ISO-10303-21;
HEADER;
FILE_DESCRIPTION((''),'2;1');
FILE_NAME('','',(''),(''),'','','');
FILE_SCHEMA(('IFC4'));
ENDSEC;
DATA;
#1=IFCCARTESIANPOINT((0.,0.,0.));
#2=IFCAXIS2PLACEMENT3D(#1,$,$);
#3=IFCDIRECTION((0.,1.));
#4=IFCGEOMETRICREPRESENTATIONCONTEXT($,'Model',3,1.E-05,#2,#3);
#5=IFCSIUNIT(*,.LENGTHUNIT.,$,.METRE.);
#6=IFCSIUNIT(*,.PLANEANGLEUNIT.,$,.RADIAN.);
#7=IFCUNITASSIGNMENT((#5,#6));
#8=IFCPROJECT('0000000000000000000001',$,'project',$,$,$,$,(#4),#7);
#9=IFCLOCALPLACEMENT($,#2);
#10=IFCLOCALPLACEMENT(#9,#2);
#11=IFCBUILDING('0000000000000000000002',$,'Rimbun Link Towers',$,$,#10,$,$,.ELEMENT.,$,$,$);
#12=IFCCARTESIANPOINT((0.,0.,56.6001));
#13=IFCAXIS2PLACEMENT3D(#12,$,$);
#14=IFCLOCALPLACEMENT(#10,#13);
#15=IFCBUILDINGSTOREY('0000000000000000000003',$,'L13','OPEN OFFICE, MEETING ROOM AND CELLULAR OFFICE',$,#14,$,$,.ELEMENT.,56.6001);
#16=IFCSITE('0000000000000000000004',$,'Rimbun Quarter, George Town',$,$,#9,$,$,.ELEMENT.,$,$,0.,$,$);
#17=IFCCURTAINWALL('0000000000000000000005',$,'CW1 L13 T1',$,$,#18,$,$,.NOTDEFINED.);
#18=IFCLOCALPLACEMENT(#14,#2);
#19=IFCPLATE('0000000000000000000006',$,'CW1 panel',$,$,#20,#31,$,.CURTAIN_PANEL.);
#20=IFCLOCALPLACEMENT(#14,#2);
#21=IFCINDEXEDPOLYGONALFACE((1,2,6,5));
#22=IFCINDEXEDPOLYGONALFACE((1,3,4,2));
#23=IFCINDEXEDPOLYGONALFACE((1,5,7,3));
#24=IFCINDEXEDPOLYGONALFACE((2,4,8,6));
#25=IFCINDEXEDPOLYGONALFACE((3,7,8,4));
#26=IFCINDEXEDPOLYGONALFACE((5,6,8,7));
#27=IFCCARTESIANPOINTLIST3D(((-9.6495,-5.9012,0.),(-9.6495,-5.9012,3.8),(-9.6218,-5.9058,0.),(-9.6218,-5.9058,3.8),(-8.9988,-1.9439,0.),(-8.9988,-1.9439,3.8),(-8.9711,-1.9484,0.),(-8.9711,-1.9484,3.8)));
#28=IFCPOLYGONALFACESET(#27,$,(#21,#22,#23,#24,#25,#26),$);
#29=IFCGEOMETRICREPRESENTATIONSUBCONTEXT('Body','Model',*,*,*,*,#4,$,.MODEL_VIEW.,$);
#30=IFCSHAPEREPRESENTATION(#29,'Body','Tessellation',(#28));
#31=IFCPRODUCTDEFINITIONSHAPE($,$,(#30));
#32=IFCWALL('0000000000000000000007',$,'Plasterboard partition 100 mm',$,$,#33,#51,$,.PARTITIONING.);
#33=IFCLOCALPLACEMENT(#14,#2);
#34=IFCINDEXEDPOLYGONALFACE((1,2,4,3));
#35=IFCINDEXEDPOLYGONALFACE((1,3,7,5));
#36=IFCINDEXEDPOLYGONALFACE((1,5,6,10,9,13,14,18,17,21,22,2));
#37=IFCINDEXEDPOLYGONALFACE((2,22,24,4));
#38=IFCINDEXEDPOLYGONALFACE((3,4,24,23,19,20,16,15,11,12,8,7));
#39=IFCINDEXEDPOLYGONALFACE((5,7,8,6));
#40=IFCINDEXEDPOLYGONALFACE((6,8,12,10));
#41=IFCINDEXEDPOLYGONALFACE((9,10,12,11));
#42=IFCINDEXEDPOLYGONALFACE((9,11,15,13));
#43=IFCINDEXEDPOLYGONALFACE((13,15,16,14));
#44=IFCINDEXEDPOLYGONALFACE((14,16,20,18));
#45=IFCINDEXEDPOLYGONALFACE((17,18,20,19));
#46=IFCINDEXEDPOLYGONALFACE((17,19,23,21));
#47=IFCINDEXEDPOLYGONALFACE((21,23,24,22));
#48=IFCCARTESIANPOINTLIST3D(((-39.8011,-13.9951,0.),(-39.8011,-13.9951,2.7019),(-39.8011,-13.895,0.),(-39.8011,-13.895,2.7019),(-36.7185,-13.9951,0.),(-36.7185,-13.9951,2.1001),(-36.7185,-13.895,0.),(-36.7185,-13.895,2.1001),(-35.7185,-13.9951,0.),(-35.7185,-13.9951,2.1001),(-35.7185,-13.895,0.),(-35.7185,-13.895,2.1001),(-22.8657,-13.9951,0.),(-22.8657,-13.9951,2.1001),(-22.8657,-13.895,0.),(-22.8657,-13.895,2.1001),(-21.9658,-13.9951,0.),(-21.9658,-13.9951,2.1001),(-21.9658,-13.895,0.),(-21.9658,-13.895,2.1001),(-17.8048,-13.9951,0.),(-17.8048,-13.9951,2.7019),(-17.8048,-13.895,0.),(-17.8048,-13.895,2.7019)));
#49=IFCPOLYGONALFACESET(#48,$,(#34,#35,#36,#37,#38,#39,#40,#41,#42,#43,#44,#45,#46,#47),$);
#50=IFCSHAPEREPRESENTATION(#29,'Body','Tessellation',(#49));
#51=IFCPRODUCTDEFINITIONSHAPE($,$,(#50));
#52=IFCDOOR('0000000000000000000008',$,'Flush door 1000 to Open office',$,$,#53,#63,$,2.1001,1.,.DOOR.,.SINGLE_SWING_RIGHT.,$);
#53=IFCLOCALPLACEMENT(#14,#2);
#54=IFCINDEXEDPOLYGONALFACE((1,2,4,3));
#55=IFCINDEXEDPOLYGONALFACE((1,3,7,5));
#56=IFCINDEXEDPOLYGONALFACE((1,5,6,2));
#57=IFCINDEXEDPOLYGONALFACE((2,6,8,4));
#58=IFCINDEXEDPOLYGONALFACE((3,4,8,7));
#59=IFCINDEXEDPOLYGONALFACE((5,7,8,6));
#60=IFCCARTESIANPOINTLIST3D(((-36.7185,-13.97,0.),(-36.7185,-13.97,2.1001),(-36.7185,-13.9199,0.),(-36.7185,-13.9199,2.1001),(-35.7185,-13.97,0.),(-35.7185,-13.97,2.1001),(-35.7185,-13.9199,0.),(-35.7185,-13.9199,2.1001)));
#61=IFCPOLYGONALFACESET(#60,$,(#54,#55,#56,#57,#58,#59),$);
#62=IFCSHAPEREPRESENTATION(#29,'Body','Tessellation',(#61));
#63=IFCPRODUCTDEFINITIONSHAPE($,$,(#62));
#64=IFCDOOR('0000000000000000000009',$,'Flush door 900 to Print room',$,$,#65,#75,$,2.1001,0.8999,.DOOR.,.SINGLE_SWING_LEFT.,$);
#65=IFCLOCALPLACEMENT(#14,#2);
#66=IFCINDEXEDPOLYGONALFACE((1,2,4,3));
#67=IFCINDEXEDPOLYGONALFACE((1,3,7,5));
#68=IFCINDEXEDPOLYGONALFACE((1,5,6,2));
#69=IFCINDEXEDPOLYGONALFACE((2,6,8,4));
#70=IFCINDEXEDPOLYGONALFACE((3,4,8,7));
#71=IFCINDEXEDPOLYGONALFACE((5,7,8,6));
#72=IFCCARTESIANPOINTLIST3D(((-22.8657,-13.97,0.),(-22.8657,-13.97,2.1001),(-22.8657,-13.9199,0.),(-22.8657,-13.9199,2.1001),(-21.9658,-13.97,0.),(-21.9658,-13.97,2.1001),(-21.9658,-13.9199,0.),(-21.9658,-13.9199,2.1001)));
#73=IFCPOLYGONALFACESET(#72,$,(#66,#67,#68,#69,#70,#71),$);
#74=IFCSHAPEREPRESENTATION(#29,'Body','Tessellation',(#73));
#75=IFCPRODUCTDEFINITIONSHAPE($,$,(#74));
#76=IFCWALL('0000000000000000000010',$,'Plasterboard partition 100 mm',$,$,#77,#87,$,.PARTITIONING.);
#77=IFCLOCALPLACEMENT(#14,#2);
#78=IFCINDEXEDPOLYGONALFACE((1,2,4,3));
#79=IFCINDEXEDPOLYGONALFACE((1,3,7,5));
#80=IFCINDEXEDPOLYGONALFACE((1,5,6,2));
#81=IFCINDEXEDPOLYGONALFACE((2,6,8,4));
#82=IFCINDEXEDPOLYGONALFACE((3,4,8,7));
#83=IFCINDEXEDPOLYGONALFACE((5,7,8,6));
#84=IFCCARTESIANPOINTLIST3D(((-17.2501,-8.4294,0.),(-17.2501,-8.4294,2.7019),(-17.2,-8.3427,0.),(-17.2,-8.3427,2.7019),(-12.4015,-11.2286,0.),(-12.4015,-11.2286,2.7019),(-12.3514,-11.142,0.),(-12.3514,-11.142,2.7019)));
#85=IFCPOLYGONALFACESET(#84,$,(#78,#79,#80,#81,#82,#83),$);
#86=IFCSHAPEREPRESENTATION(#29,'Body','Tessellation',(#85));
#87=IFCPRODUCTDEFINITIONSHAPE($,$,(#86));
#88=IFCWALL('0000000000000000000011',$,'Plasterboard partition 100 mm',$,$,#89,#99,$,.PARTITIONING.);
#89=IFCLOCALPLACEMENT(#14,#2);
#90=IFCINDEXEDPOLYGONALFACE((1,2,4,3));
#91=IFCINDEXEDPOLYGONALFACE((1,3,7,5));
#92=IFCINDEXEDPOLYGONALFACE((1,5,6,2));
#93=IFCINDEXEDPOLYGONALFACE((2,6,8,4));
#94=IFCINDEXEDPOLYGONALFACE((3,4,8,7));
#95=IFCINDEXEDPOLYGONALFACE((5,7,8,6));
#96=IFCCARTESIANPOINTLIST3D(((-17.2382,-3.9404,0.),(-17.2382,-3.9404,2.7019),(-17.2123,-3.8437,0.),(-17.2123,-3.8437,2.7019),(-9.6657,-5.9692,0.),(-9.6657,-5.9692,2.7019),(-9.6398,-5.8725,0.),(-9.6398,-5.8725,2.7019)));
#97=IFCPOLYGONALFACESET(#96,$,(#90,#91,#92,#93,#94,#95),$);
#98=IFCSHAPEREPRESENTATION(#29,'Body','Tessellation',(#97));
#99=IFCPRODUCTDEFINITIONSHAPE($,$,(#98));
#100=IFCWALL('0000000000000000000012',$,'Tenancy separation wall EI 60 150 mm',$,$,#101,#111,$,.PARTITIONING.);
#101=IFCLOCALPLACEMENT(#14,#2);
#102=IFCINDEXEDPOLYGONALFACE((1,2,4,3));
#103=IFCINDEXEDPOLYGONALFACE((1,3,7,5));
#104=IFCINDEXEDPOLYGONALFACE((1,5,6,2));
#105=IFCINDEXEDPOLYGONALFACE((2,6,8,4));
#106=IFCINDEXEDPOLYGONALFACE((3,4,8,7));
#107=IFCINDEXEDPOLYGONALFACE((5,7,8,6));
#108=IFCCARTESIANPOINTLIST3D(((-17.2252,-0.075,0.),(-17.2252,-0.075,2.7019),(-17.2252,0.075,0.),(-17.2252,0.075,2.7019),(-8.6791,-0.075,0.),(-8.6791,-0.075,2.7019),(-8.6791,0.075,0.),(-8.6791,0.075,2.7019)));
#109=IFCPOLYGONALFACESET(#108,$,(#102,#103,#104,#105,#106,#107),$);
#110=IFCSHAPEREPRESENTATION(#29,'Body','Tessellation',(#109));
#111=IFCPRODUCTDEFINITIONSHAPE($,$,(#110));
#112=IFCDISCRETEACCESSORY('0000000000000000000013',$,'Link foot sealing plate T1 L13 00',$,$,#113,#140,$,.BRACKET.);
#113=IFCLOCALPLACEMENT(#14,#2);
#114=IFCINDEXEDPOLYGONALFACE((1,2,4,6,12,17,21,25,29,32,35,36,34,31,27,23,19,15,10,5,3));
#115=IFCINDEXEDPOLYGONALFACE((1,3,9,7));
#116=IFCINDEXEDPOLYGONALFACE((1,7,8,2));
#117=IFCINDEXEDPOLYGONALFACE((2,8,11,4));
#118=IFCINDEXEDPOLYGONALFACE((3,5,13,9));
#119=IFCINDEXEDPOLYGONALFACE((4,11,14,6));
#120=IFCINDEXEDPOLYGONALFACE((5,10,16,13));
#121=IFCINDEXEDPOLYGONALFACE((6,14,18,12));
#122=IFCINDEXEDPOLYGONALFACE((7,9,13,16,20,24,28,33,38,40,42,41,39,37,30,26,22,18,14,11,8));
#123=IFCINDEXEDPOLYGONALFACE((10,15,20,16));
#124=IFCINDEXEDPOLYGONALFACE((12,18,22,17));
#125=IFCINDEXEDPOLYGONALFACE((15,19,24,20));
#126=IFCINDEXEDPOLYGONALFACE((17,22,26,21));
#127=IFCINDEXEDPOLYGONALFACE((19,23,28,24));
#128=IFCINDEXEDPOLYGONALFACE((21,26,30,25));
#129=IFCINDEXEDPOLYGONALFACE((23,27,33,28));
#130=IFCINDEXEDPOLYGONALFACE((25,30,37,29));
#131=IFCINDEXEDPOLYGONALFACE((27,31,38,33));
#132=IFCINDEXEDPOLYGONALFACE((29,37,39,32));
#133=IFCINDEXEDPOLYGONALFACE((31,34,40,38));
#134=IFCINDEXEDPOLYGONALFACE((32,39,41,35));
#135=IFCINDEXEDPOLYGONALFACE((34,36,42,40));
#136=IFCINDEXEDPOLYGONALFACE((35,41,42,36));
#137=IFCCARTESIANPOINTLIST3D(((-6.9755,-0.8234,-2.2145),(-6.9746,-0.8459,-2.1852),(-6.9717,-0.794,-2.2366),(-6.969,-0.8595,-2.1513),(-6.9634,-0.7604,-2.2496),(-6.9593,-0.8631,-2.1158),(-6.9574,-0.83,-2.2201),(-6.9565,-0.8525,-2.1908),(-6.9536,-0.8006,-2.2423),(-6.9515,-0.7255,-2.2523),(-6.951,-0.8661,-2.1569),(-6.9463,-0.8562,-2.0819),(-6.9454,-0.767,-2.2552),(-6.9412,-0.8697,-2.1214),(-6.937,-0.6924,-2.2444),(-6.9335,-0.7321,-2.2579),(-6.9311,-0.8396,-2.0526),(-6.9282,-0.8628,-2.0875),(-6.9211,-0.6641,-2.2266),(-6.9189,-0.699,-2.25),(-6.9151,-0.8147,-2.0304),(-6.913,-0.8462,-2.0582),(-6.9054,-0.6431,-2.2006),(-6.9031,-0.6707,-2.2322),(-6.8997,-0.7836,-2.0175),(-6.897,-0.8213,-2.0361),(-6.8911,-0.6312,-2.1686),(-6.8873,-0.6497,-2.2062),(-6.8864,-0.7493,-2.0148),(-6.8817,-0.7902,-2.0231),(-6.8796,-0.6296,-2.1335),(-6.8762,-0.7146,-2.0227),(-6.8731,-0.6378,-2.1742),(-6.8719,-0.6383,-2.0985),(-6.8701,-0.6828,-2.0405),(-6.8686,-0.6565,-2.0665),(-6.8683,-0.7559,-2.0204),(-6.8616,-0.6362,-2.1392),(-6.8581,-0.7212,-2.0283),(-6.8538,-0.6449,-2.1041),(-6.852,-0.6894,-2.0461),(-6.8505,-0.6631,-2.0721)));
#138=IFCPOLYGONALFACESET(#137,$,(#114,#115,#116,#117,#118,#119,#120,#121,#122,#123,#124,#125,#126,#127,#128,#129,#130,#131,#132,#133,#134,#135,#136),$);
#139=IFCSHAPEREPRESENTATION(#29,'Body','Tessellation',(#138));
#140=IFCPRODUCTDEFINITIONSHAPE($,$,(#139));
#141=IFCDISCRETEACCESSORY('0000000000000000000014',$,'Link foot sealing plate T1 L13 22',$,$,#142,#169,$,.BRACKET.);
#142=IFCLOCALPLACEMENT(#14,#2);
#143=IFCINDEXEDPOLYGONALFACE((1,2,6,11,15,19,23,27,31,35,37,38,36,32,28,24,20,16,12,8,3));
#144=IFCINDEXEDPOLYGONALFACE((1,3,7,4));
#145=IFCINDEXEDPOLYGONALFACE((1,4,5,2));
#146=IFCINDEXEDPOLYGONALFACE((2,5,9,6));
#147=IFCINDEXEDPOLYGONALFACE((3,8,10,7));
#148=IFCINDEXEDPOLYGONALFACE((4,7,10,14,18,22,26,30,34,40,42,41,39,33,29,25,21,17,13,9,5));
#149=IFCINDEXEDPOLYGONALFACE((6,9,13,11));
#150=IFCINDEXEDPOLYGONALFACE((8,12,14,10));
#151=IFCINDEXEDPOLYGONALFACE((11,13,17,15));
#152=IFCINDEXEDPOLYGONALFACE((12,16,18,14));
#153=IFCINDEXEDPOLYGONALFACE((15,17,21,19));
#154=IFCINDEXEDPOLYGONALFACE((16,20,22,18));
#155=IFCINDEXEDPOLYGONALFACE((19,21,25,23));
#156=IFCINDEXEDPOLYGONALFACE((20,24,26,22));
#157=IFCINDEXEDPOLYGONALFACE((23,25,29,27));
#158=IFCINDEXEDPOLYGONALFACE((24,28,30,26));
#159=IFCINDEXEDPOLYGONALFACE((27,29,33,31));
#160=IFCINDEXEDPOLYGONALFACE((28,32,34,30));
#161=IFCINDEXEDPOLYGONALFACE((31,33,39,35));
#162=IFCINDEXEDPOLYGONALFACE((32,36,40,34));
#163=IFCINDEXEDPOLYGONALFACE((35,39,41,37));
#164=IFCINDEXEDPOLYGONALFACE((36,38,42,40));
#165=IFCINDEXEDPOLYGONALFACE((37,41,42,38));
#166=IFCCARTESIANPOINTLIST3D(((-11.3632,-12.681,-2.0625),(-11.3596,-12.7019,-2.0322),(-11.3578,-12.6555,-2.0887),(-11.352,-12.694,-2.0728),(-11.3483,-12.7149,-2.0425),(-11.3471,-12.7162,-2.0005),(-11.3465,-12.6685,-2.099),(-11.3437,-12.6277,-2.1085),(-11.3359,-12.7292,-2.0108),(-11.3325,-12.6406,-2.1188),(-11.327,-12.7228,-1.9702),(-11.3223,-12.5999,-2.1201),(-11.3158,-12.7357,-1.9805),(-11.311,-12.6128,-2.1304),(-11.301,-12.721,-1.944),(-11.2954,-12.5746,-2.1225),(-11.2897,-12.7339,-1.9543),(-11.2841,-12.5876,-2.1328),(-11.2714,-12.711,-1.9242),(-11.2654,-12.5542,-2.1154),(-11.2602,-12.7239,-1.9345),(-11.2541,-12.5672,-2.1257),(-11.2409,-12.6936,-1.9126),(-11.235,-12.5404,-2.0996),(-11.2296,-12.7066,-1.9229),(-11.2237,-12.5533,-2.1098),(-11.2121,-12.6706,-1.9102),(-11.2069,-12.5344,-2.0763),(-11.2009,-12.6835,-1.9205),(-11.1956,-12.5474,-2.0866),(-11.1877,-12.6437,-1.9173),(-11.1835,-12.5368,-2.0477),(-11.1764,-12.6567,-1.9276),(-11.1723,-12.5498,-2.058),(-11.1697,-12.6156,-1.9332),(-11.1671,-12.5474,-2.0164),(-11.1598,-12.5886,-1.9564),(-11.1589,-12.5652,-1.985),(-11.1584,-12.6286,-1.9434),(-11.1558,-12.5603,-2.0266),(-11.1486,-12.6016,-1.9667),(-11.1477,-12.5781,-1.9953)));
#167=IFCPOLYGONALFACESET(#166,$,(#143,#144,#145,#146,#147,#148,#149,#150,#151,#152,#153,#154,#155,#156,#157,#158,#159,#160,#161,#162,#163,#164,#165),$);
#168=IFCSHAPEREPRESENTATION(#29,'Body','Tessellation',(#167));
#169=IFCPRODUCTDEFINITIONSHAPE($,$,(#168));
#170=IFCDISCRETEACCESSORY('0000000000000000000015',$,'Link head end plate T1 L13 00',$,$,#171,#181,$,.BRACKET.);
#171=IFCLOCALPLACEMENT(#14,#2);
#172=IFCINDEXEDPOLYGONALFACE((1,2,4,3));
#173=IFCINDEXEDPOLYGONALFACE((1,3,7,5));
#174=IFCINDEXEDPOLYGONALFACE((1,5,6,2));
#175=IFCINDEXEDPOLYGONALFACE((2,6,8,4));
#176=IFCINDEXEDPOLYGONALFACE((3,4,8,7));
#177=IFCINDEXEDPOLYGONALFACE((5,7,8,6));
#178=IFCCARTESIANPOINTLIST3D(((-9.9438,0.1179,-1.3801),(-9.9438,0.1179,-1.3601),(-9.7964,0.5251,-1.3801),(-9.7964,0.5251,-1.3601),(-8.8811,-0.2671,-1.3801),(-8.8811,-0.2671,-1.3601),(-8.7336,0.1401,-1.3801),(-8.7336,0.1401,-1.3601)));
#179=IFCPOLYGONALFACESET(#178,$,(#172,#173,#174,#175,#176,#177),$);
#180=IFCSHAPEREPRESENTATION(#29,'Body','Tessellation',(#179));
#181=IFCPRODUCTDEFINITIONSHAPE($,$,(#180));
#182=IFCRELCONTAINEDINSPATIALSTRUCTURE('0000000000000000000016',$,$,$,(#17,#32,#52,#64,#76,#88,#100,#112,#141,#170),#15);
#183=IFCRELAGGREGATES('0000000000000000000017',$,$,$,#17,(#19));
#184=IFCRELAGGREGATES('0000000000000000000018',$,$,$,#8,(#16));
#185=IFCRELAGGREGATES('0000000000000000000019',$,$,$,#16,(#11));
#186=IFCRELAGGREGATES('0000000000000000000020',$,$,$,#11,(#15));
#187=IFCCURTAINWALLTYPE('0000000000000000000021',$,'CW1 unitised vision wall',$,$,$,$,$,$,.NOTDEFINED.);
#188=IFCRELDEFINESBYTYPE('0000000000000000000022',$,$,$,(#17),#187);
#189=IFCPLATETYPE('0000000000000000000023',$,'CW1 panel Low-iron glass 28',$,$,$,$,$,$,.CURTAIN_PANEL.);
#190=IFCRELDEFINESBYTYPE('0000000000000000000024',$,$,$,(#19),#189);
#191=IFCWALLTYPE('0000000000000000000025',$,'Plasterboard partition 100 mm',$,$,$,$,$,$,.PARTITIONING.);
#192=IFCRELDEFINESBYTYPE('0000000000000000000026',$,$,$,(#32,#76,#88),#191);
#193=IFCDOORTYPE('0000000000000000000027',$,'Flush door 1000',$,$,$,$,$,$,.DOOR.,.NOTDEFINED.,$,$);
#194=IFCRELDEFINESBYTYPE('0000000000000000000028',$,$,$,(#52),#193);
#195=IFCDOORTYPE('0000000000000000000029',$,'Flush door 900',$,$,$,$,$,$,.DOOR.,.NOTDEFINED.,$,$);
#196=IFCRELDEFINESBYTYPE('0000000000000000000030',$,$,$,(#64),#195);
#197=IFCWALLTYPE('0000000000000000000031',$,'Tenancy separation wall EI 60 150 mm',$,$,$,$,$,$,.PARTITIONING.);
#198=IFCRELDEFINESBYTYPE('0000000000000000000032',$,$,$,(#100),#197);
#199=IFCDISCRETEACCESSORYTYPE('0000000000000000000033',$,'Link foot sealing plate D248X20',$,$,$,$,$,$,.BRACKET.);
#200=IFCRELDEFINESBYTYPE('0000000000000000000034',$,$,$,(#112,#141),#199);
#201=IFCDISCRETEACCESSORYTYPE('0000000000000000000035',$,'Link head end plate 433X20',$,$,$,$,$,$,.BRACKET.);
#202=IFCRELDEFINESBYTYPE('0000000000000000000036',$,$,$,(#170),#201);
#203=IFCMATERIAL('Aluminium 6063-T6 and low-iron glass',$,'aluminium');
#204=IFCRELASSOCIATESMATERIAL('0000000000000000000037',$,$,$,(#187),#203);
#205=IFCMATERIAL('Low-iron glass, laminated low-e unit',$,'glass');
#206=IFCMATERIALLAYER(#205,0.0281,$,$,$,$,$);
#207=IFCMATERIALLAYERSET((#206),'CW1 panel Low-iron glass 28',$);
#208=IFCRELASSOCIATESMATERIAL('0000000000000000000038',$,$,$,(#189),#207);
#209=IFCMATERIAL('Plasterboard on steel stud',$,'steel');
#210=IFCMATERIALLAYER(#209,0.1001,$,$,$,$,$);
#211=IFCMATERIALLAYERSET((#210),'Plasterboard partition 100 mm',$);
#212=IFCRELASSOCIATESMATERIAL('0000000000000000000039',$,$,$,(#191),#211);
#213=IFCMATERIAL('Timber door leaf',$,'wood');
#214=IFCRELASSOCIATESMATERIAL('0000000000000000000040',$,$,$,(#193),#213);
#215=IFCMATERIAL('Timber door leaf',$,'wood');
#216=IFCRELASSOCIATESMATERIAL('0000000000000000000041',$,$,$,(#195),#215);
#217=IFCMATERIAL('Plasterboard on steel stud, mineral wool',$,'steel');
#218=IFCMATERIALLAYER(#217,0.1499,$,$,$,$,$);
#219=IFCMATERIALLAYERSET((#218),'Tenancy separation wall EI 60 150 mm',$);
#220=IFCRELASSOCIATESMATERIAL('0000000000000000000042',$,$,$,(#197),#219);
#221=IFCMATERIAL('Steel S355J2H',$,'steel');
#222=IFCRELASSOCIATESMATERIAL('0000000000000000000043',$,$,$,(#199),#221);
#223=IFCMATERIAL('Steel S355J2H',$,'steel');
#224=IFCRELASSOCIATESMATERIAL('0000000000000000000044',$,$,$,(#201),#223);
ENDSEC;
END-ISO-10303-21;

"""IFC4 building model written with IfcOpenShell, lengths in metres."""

from ifc_helpers import new_model, si_unit, direction, frame, frame_2d, origin, origin_2d, place, context, subcontext, project, spatial, polyline, rectangle, circle, outline, extrude, material, layer, layer_set, material_profile, profile_set, type_object, element, fill, aggregate, save


model = new_model("IFC4")

# Units and contexts
model_context = context("Model", 3, precision=1e-05, world=origin(), true_north=direction((0.0, 1.0)))
body_context = subcontext(model_context, "Body", "Model", "MODEL_VIEW")
ifc_project = project(units=[si_unit("LENGTHUNIT", "METRE"), si_unit("PLANEANGLEUNIT", "RADIAN")], contexts=[model_context])

# Site, building, storey
site_placement = place(None, origin())
site = spatial("IfcSite", under=ifc_project, at=site_placement, Name="Rimbun Quarter, George Town", CompositionType="ELEMENT", RefElevation=0.0)
building_placement = place(site_placement, origin())
building = spatial("IfcBuilding", under=site, at=building_placement, Name="Rimbun Link Towers", CompositionType="ELEMENT")
storey_placement = place(building_placement, frame((0.0, 0.0, 56.6001)))
storey = spatial("IfcBuildingStorey", under=building, at=storey_placement, Name="L13", Description="OPEN OFFICE, MEETING ROOM AND CELLULAR OFFICE", CompositionType="ELEMENT", Elevation=56.6001)

# Curtain wall
ifc_material_1 = material(Name="Aluminium 6063-T6 and low-iron glass", Category="aluminium")
curtain_wall_type = type_object("IfcCurtainWallType", Name="CW1 unitised vision wall", PredefinedType="NOTDEFINED", material=ifc_material_1)
curtain_wall_placement = place(storey_placement, origin())
curtain_wall = element("IfcCurtainWall", 1, at=curtain_wall_placement, inside=storey, type_object=curtain_wall_type, Name="CW1 L13 T1", PredefinedType="NOTDEFINED")

# Plate
ifc_material_2 = material(Name="Low-iron glass, laminated low-e unit", Category="glass")
ifc_layer_1 = layer(ifc_material_2, 0.0281)
ifc_layer_set_1 = layer_set([ifc_layer_1], Name="CW1 panel Low-iron glass 28")
plate_type = type_object("IfcPlateType", Name="CW1 panel Low-iron glass 28", PredefinedType="CURTAIN_PANEL", material=ifc_layer_set_1)
plate_1_placement = place(storey_placement, frame((-9.3103, -3.9248, 0.0), z_axis=(0.0, 0.0, 1.0), x_axis=(-0.162269, -0.986747, 0.0)))
plate_1 = element("IfcPlate", 2, at=plate_1_placement, type_object=plate_type, Name="CW1 panel", PredefinedType="CURTAIN_PANEL", context=body_context, shape_type="SweptSolid", body=[
    extrude(rectangle(XDim=4.0105, YDim=0.0281, at=origin_2d()), origin(), (0.0, 0.0, 1.0), 3.8),
])
aggregate(curtain_wall, [plate_1])

# Wall, openings, doors
ifc_material_3 = material(Name="Plasterboard on steel stud", Category="steel")
ifc_layer_2 = layer(ifc_material_3, 0.1001)
ifc_layer_set_2 = layer_set([ifc_layer_2], Name="Plasterboard partition 100 mm")
wall_type_1 = type_object("IfcWallType", Name="Plasterboard partition 100 mm", PredefinedType="PARTITIONING", material=ifc_layer_set_2)
wall_1_placement = place(storey_placement, frame((-17.8049, -13.9451, 0.0), z_axis=(0.0, 0.0, 1.0), x_axis=(-1.0, 0.0, 0.0)))
wall_1 = element("IfcWall", 3, at=wall_1_placement, inside=storey, type_object=wall_type_1, Name="Plasterboard partition 100 mm", PredefinedType="PARTITIONING", context=body_context, shape_type="SweptSolid", body=[
    extrude(rectangle(XDim=21.9963, YDim=0.1001, at=frame_2d((10.998, 0.0))), origin(), (0.0, 0.0, 1.0), 2.7019),
])
opening_1_placement = place(wall_1_placement, frame((17.9136, 0.0, 0.0)))
opening_1 = element("IfcOpeningElement", 4, at=opening_1_placement, cuts=wall_1, PredefinedType="OPENING", context=body_context, shape_type="SweptSolid", body=[
    extrude(rectangle(XDim=1.0, YDim=2.1001, at=frame_2d((0.5, 1.05))), frame((0.0, 0.0601, 0.0), z_axis=(0.0, -1.0, 0.0), x_axis=(1.0, 0.0, 0.0)), (0.0, 0.0, 1.0), 0.1201),
])
opening_2_placement = place(wall_1_placement, frame((4.1609, 0.0, 0.0)))
opening_2 = element("IfcOpeningElement", 5, at=opening_2_placement, cuts=wall_1, PredefinedType="OPENING", context=body_context, shape_type="SweptSolid", body=[
    extrude(rectangle(XDim=0.8999, YDim=2.1001, at=frame_2d((0.45, 1.05))), frame((0.0, 0.0601, 0.0), z_axis=(0.0, -1.0, 0.0), x_axis=(1.0, 0.0, 0.0)), (0.0, 0.0, 1.0), 0.1201),
])
ifc_material_4 = material(Name="Timber door leaf", Category="wood")
door_type_1 = type_object("IfcDoorType", Name="Flush door 1000", OperationType="NOTDEFINED", PredefinedType="DOOR", material=ifc_material_4)
door_1_placement = place(opening_1_placement, origin())
door_1 = element("IfcDoor", 6, at=door_1_placement, inside=storey, type_object=door_type_1, Name="Flush door 1000 to Open office", OperationType="SINGLE_SWING_RIGHT", OverallHeight=2.1001, OverallWidth=1.0, PredefinedType="DOOR", context=body_context, shape_type="SweptSolid", body=[
    extrude(rectangle(XDim=1.0, YDim=2.1001, at=frame_2d((0.5, 1.05))), frame((0.0, 0.0249, 0.0), z_axis=(0.0, -1.0, 0.0), x_axis=(1.0, 0.0, 0.0)), (0.0, 0.0, 1.0), 0.05),
])
fill(opening_1, door_1)
ifc_material_5 = material(Name="Timber door leaf", Category="wood")
door_type_2 = type_object("IfcDoorType", Name="Flush door 900", OperationType="NOTDEFINED", PredefinedType="DOOR", material=ifc_material_5)
door_2_placement = place(opening_2_placement, origin())
door_2 = element("IfcDoor", 7, at=door_2_placement, inside=storey, type_object=door_type_2, Name="Flush door 900 to Print room", OperationType="SINGLE_SWING_LEFT", OverallHeight=2.1001, OverallWidth=0.8999, PredefinedType="DOOR", context=body_context, shape_type="SweptSolid", body=[
    extrude(rectangle(XDim=0.8999, YDim=2.1001, at=frame_2d((0.45, 1.05))), frame((0.0, 0.0249, 0.0), z_axis=(0.0, -1.0, 0.0), x_axis=(1.0, 0.0, 0.0)), (0.0, 0.0, 1.0), 0.05),
])
fill(opening_2, door_2)

# Walls
wall_2_placement = place(storey_placement, frame((-12.3765, -11.1853, 0.0), z_axis=(0.0, 0.0, 1.0), x_axis=(-0.866029, 0.499994, 0.0)))
element("IfcWall", 8, at=wall_2_placement, inside=storey, type_object=wall_type_1, Name="Plasterboard partition 100 mm", PredefinedType="PARTITIONING", context=body_context, shape_type="SweptSolid", body=[
    extrude(rectangle(XDim=5.5986, YDim=0.1001, at=frame_2d((2.7993, 0.0))), origin(), (0.0, 0.0, 1.0), 2.7019),
])
wall_3_placement = place(storey_placement, frame((-9.6526, -5.9209, 0.0), z_axis=(0.0, 0.0, 1.0), x_axis=(-0.965933, 0.258791, 0.0)))
element("IfcWall", 9, at=wall_3_placement, inside=storey, type_object=wall_type_1, Name="Plasterboard partition 100 mm", PredefinedType="PARTITIONING", context=body_context, shape_type="SweptSolid", body=[
    extrude(rectangle(XDim=7.8396, YDim=0.1001, at=frame_2d((3.9199, 0.0))), origin(), (0.0, 0.0, 1.0), 2.7019),
])
ifc_material_6 = material(Name="Plasterboard on steel stud, mineral wool", Category="steel")
ifc_layer_3 = layer(ifc_material_6, 0.1499)
ifc_layer_set_3 = layer_set([ifc_layer_3], Name="Tenancy separation wall EI 60 150 mm")
wall_type_2 = type_object("IfcWallType", Name="Tenancy separation wall EI 60 150 mm", PredefinedType="PARTITIONING", material=ifc_layer_set_3)
wall_4_placement = place(storey_placement, frame((-17.2251, 0.0, 0.0), z_axis=(0.0, 0.0, 1.0), x_axis=(1.0, 0.0, 0.0)))
element("IfcWall", 10, at=wall_4_placement, inside=storey, type_object=wall_type_2, Name="Tenancy separation wall EI 60 150 mm", PredefinedType="PARTITIONING", context=body_context, shape_type="SweptSolid", body=[
    extrude(rectangle(XDim=8.5461, YDim=0.1499, at=frame_2d((4.2729, 0.0))), origin(), (0.0, 0.0, 1.0), 2.7019),
])

# Discrete accessories
ifc_material_7 = material(Name="Steel S355J2H", Category="steel")
ifc_material_profile_1 = material_profile(ifc_material_7, circle(Radius=0.124, at=origin_2d()), Name="PL D248")
ifc_profile_set_1 = profile_set([ifc_material_profile_1], Name="Steel S355J2H")
discrete_accessory_type_1 = type_object("IfcDiscreteAccessoryType", Name="Link foot sealing plate D248X20", PredefinedType="BRACKET", material=ifc_profile_set_1)
for number, where, z_axis, x_axis, name in (
    (11, (-6.9221, -0.7461, -2.1335), (0.901769, -0.329024, -0.280279), (0.342762, 0.939422, 0.0), "Link foot sealing plate T1 L13 00"),
    (12, (-11.2607, -12.6287, -2.0164), (0.562441, -0.64803, -0.513533), (0.755219, 0.655473, 0.0), "Link foot sealing plate T1 L13 22"),
):
    element("IfcDiscreteAccessory", number, at=place(storey_placement, frame(where, z_axis=z_axis, x_axis=x_axis)), inside=storey, type_object=discrete_accessory_type_1, Name=name, PredefinedType="BRACKET", context=body_context, shape_type="SweptSolid", body=[
        extrude(circle(Radius=0.124, at=origin_2d()), origin(), (0.0, 0.0, 1.0), 0.02),
    ])
ifc_material_8 = material(Name="Steel S355J2H", Category="steel")
ifc_material_profile_2 = material_profile(ifc_material_8, rectangle(XDim=0.4331, YDim=0.4331, at=origin_2d()), Name="PL 433x433")
ifc_profile_set_2 = profile_set([ifc_material_profile_2], Name="Steel S355J2H")
discrete_accessory_type_2 = type_object("IfcDiscreteAccessoryType", Name="Link head end plate 433X20", PredefinedType="BRACKET", material=ifc_profile_set_2)
discrete_accessory_1_placement = place(storey_placement, frame((0.0, 0.0, -1.3801)))
element("IfcDiscreteAccessory", 13, at=discrete_accessory_1_placement, inside=storey, type_object=discrete_accessory_type_2, Name="Link head end plate T1 L13 00", PredefinedType="BRACKET", context=body_context, shape_type="SweptSolid", body=[
    extrude(outline(polyline([(-9.9438, 0.1179), (-8.8811, -0.2671), (-8.7336, 0.1401), (-9.7964, 0.5251), (-9.9438, 0.1179)])), origin(), (0.0, 0.0, 1.0), 0.02),
])

save(model, "model.ifc")
